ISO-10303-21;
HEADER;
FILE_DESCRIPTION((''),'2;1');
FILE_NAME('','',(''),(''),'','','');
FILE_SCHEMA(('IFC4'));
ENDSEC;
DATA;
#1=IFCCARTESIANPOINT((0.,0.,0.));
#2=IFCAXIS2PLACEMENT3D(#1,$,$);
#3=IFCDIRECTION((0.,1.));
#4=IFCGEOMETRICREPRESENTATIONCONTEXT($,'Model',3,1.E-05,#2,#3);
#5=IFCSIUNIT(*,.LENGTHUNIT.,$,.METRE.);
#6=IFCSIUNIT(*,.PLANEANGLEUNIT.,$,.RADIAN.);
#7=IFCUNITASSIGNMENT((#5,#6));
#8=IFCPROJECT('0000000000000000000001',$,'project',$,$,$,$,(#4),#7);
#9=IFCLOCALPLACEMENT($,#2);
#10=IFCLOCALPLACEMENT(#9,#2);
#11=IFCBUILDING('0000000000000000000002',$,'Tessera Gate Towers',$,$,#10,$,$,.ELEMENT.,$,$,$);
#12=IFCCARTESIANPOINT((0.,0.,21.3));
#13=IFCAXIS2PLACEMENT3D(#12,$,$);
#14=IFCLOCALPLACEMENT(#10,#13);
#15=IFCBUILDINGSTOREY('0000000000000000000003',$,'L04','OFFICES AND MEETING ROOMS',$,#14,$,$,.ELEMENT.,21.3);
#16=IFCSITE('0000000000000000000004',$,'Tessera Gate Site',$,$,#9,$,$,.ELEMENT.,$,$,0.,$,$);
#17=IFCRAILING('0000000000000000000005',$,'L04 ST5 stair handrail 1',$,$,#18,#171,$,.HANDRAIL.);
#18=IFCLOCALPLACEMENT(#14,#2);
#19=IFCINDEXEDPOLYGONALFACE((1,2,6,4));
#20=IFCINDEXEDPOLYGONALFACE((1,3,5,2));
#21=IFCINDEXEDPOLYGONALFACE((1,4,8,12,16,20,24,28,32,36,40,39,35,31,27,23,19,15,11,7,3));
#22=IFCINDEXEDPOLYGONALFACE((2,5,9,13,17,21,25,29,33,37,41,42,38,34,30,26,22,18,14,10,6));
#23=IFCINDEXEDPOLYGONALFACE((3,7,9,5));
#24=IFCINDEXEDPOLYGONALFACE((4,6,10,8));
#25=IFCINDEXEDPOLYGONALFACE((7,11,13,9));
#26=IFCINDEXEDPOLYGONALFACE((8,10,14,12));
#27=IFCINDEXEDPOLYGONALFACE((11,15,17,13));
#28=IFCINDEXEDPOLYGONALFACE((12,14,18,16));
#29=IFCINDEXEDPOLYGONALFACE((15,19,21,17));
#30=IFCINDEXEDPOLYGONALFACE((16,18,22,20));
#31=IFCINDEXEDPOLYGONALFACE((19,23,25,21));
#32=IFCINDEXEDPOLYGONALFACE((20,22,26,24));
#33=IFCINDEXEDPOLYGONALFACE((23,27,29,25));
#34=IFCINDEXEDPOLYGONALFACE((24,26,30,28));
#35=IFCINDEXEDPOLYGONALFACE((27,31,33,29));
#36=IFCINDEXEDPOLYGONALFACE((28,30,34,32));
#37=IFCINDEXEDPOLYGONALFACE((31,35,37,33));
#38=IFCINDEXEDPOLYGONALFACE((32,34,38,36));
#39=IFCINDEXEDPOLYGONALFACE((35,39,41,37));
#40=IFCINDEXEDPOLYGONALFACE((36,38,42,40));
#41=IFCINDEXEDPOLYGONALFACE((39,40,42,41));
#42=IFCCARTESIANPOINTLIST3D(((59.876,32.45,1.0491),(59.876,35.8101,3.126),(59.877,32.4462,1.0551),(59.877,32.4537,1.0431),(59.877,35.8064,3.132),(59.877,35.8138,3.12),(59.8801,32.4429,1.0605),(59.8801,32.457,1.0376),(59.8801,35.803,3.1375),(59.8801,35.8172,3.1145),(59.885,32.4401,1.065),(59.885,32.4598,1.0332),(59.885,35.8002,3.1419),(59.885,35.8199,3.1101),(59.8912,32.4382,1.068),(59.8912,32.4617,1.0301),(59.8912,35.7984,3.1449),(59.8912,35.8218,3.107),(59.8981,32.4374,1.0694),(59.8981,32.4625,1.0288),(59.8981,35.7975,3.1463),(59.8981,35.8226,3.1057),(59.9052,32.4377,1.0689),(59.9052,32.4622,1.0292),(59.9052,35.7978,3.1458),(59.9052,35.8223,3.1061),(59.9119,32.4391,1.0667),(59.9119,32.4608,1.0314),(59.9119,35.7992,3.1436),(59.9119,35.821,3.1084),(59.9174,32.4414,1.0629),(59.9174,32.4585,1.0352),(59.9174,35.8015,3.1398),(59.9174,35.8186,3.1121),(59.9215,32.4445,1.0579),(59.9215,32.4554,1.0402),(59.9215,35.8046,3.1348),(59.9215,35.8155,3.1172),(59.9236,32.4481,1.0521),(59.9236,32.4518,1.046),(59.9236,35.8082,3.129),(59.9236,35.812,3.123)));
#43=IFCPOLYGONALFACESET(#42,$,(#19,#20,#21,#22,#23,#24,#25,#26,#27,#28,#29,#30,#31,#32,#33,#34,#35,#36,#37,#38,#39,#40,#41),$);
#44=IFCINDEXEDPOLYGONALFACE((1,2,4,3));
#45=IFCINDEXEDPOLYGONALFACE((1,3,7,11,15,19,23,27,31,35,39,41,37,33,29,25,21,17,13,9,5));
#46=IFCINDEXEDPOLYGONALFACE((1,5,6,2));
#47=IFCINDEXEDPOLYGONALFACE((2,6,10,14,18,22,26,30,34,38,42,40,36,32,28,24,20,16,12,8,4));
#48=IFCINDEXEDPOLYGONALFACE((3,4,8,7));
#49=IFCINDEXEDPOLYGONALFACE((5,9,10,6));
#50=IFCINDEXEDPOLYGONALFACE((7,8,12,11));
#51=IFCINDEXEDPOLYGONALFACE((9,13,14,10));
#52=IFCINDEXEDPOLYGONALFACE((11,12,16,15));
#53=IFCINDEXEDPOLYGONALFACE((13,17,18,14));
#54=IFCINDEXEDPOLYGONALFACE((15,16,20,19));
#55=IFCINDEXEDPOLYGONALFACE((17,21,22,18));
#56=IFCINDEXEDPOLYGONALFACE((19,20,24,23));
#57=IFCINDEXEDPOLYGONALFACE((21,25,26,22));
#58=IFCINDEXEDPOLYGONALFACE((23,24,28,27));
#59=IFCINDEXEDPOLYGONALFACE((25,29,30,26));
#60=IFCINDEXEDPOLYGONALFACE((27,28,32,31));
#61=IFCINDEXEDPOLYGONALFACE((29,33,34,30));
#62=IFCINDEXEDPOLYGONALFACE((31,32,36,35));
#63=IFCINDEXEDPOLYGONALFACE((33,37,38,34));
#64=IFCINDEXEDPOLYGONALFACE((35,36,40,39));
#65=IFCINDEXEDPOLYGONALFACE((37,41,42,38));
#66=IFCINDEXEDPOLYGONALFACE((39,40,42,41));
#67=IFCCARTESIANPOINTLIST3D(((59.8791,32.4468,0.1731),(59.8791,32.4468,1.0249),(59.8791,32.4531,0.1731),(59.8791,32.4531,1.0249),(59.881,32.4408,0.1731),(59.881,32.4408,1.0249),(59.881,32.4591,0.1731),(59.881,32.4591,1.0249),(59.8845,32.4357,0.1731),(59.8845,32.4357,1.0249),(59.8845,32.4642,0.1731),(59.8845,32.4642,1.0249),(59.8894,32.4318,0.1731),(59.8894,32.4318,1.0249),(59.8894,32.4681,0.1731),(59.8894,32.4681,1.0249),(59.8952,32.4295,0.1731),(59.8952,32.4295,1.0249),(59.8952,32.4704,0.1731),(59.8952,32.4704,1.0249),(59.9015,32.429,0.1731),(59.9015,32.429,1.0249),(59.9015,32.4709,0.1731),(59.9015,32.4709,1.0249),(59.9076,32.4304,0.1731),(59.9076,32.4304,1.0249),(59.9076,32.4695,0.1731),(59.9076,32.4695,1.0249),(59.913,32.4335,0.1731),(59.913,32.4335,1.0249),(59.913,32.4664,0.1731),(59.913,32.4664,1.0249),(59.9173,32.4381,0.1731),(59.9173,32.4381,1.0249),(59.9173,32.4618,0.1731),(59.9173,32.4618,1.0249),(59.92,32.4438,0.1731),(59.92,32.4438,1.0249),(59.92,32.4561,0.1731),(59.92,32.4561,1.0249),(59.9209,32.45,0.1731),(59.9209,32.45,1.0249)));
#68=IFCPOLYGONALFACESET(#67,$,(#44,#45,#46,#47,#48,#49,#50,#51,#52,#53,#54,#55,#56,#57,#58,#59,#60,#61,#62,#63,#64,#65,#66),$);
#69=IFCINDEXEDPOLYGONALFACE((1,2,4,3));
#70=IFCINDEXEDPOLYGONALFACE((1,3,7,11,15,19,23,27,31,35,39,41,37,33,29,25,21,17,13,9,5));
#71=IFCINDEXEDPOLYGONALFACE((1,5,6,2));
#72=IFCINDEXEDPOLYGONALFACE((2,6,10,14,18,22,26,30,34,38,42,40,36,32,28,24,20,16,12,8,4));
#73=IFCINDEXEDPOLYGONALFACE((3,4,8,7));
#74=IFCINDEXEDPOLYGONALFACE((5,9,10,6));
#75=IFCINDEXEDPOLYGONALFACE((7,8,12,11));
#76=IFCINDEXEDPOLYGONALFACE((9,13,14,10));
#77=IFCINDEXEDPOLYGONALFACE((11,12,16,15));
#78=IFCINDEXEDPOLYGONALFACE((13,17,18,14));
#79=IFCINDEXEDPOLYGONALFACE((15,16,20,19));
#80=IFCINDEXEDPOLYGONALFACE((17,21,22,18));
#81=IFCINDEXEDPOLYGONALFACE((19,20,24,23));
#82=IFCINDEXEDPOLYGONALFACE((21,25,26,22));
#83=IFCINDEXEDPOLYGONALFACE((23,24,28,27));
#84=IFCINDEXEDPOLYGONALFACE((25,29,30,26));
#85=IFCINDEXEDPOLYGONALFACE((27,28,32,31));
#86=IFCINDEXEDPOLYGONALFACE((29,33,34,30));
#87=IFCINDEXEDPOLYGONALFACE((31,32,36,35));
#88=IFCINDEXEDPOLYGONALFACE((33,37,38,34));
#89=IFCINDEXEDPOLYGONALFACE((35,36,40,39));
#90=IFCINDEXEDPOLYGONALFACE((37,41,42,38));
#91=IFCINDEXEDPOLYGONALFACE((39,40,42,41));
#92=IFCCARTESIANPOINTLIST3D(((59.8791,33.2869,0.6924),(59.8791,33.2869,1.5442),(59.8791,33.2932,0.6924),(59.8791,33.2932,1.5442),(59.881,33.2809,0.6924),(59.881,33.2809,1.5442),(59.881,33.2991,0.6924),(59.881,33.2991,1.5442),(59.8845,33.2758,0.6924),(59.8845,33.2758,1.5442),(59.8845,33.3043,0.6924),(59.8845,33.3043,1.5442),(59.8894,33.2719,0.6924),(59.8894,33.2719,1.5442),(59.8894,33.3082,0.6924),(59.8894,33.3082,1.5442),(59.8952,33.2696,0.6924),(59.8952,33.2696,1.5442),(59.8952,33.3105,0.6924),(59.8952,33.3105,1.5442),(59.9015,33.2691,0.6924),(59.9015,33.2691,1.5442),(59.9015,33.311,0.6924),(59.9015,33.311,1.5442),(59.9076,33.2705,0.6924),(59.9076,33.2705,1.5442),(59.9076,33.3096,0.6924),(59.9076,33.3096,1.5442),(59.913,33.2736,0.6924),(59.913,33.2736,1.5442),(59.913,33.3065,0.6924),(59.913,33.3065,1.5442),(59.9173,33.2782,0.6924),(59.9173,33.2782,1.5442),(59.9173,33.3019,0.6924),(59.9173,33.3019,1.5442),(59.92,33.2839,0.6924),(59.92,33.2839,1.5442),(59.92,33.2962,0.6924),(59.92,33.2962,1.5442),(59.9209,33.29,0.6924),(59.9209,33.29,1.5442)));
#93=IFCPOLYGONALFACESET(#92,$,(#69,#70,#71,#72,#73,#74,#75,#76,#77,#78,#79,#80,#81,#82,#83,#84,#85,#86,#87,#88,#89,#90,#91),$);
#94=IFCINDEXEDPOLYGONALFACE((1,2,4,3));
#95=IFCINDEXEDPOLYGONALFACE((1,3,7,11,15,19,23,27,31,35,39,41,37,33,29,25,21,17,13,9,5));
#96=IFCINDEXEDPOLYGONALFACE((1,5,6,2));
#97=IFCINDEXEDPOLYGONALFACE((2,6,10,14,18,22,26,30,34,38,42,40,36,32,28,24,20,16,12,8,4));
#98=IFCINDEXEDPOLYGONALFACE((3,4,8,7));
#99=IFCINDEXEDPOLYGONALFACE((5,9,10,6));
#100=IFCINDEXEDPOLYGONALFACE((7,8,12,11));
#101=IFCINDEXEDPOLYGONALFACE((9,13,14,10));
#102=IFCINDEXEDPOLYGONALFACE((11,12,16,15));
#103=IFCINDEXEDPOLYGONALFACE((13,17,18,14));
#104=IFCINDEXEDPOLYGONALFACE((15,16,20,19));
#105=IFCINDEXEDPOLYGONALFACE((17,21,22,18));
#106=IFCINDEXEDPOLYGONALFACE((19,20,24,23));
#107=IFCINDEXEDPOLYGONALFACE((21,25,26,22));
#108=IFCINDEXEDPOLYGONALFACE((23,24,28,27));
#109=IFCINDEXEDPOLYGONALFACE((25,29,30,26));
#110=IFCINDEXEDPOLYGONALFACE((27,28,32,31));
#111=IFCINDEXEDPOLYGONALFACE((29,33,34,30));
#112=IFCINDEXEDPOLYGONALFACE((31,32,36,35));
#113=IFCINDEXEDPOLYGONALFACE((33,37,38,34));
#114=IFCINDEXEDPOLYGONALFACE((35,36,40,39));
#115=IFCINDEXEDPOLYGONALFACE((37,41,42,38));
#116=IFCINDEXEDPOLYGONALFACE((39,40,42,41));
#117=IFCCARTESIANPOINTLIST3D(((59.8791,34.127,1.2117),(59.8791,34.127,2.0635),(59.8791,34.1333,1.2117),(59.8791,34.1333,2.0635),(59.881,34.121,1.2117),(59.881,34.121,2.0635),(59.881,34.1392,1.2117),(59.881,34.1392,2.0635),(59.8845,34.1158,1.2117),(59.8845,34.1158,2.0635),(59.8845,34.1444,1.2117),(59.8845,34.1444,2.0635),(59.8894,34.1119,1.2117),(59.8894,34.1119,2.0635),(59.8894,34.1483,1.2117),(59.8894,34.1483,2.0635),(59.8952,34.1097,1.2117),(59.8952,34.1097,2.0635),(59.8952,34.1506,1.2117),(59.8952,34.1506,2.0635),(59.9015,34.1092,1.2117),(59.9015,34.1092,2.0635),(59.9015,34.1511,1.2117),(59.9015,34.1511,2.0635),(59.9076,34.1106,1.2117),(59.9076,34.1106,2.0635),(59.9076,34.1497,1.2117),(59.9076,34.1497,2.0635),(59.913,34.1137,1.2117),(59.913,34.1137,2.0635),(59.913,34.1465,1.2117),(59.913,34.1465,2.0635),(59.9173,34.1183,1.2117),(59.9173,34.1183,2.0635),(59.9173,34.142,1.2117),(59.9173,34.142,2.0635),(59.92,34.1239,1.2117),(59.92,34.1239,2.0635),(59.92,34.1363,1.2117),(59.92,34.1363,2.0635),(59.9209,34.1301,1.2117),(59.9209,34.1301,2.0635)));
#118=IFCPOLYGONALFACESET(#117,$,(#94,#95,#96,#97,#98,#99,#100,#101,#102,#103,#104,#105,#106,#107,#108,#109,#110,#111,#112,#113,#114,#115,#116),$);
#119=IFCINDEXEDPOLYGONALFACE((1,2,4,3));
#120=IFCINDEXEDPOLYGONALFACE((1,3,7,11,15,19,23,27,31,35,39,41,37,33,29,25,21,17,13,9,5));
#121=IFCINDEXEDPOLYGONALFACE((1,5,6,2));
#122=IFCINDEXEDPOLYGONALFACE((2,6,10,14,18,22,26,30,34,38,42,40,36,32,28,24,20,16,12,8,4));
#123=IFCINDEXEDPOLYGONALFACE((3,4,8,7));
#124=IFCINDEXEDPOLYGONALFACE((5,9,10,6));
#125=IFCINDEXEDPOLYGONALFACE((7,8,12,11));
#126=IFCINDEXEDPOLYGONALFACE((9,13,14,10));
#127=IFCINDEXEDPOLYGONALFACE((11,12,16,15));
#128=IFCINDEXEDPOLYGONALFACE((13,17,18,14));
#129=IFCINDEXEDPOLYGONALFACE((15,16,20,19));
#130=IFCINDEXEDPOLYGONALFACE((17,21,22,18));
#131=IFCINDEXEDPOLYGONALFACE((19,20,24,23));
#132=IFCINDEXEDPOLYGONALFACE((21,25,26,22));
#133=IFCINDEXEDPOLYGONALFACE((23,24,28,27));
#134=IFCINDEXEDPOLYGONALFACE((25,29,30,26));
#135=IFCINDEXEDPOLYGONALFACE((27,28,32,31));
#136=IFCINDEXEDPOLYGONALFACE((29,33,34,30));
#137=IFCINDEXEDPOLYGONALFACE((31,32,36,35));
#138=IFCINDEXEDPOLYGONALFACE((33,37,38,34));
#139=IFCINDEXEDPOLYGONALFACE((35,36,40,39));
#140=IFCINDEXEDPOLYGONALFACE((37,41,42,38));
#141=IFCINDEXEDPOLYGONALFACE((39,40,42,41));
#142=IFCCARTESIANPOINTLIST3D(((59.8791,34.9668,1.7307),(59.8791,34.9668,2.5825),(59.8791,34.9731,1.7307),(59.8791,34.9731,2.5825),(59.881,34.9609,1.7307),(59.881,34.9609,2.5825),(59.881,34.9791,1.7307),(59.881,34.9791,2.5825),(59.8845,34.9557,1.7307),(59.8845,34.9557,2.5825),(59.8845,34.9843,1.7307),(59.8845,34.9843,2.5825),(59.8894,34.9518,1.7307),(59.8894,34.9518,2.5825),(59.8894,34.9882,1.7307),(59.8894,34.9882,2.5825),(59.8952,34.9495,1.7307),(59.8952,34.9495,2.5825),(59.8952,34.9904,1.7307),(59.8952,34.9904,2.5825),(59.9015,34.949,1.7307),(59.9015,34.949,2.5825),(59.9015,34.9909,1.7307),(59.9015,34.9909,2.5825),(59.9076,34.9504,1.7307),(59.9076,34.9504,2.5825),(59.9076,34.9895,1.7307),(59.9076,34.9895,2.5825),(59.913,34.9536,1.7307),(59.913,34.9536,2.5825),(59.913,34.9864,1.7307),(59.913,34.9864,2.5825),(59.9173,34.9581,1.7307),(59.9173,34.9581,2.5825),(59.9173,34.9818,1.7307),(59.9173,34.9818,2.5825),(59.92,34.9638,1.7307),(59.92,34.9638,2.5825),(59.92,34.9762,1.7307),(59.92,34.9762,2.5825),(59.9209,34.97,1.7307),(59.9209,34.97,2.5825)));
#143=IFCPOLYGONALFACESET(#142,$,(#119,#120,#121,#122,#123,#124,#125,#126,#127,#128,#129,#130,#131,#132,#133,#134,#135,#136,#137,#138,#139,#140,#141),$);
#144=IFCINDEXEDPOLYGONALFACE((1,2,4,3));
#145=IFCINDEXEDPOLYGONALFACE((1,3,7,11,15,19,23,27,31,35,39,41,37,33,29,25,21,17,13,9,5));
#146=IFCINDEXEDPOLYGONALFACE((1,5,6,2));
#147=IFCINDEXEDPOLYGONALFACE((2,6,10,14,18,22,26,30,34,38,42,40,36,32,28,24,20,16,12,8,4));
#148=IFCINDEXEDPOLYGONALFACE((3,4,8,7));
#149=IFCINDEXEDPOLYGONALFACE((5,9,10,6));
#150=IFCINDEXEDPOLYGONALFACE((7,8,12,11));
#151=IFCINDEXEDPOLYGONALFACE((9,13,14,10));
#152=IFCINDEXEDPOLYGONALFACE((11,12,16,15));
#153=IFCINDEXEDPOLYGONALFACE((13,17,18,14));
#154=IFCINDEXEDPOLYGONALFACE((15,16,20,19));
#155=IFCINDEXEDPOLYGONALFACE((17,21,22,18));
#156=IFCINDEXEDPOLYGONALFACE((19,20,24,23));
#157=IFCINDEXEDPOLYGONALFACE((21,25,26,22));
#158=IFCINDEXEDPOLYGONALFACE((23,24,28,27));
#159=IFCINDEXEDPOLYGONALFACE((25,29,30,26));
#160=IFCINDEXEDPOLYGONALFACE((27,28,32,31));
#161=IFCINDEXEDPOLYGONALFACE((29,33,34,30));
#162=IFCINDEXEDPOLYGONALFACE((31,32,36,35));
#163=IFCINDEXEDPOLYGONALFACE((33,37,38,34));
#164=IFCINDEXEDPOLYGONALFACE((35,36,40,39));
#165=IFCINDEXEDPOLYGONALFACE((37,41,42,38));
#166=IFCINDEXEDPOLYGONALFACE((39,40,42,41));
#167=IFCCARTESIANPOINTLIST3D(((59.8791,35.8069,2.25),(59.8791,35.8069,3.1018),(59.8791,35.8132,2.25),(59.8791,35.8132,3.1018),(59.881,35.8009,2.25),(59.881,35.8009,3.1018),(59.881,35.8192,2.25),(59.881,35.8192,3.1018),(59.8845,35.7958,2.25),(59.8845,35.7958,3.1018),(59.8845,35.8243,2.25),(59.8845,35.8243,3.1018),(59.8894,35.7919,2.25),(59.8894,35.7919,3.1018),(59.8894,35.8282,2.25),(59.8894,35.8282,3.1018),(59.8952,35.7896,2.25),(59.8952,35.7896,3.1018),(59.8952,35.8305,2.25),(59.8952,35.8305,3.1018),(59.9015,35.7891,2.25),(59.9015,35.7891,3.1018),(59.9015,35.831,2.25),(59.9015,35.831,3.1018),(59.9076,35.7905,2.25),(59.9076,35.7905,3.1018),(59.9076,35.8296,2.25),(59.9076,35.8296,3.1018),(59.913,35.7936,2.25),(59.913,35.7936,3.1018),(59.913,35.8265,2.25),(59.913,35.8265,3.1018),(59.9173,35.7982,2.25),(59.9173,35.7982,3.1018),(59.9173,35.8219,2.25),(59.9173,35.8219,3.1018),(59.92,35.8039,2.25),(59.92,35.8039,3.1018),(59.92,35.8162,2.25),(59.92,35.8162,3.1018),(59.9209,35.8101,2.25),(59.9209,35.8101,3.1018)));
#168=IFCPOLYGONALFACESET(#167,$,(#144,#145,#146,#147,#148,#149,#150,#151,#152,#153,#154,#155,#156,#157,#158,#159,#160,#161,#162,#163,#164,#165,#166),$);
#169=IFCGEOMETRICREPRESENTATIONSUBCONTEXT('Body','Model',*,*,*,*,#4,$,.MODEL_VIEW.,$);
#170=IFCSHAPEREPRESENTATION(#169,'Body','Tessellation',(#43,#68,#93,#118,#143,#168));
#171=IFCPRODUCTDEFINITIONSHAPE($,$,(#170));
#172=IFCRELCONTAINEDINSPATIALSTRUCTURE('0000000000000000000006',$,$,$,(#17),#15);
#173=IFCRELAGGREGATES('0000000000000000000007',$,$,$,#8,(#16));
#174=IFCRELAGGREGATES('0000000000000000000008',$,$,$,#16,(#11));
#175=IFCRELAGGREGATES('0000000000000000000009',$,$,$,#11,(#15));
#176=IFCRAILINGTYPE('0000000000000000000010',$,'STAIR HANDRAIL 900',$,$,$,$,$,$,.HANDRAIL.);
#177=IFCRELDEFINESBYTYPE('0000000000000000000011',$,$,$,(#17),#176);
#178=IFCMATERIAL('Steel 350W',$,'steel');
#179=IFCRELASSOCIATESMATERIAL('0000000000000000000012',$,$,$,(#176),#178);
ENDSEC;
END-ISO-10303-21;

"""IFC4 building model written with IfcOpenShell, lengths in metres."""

from ifc_helpers import new_model, si_unit, direction, frame, origin, origin_2d, place, context, subcontext, project, spatial, circle, extrude, material, type_object, element, save


model = new_model("IFC4")

# Units and contexts
model_context = context("Model", 3, precision=1e-05, world=origin(), true_north=direction((0.0, 1.0)))
body_context = subcontext(model_context, "Body", "Model", "MODEL_VIEW")
ifc_project = project(units=[si_unit("LENGTHUNIT", "METRE"), si_unit("PLANEANGLEUNIT", "RADIAN")], contexts=[model_context])

# Site, building, storey
site_placement = place(None, origin())
site = spatial("IfcSite", under=ifc_project, at=site_placement, Name="Tessera Gate Site", CompositionType="ELEMENT", RefElevation=0.0)
building_placement = place(site_placement, origin())
building = spatial("IfcBuilding", under=site, at=building_placement, Name="Tessera Gate Towers", CompositionType="ELEMENT")
storey_placement = place(building_placement, frame((0.0, 0.0, 21.3)))
storey = spatial("IfcBuildingStorey", under=building, at=storey_placement, Name="L04", Description="OFFICES AND MEETING ROOMS", CompositionType="ELEMENT", Elevation=21.3)

# Railing
ifc_material_1 = material(Name="Steel 350W", Category="steel")
railing_type_1 = type_object("IfcRailingType", Name="STAIR HANDRAIL 900", PredefinedType="HANDRAIL", material=ifc_material_1)
for number, where, name in (
    (1, (59.8999, 32.45, 0.1731), "L04 ST5 stair handrail 1"),
):
    element("IfcRailing", number, at=place(storey_placement, frame(where)), inside=storey, type_object=railing_type_1, Name=name, PredefinedType="HANDRAIL", context=body_context, shape_type="SweptSolid", body=[
        extrude(circle(Radius=0.0239, at=origin_2d()), frame((0.0, 0.0, 0.876), z_axis=(0.0, 0.850623, 0.525776), x_axis=(-1.0, 0.0, 0.0)), (0.0, 0.0, 1.0), 3.9502),
        extrude(circle(Radius=0.021, at=origin_2d()), origin(), (0.0, 0.0, 1.0), 0.8518),
        extrude(circle(Radius=0.021, at=origin_2d()), frame((0.0, 0.8401, 0.5193)), (0.0, 0.0, 1.0), 0.8518),
        extrude(circle(Radius=0.021, at=origin_2d()), frame((0.0, 1.6802, 1.0386)), (0.0, 0.0, 1.0), 0.8518),
        extrude(circle(Radius=0.021, at=origin_2d()), frame((0.0, 2.52, 1.5576)), (0.0, 0.0, 1.0), 0.8518),
        extrude(circle(Radius=0.021, at=origin_2d()), frame((0.0, 3.3601, 2.0769)), (0.0, 0.0, 1.0), 0.8518),
    ])

save(model, "model.ifc")
